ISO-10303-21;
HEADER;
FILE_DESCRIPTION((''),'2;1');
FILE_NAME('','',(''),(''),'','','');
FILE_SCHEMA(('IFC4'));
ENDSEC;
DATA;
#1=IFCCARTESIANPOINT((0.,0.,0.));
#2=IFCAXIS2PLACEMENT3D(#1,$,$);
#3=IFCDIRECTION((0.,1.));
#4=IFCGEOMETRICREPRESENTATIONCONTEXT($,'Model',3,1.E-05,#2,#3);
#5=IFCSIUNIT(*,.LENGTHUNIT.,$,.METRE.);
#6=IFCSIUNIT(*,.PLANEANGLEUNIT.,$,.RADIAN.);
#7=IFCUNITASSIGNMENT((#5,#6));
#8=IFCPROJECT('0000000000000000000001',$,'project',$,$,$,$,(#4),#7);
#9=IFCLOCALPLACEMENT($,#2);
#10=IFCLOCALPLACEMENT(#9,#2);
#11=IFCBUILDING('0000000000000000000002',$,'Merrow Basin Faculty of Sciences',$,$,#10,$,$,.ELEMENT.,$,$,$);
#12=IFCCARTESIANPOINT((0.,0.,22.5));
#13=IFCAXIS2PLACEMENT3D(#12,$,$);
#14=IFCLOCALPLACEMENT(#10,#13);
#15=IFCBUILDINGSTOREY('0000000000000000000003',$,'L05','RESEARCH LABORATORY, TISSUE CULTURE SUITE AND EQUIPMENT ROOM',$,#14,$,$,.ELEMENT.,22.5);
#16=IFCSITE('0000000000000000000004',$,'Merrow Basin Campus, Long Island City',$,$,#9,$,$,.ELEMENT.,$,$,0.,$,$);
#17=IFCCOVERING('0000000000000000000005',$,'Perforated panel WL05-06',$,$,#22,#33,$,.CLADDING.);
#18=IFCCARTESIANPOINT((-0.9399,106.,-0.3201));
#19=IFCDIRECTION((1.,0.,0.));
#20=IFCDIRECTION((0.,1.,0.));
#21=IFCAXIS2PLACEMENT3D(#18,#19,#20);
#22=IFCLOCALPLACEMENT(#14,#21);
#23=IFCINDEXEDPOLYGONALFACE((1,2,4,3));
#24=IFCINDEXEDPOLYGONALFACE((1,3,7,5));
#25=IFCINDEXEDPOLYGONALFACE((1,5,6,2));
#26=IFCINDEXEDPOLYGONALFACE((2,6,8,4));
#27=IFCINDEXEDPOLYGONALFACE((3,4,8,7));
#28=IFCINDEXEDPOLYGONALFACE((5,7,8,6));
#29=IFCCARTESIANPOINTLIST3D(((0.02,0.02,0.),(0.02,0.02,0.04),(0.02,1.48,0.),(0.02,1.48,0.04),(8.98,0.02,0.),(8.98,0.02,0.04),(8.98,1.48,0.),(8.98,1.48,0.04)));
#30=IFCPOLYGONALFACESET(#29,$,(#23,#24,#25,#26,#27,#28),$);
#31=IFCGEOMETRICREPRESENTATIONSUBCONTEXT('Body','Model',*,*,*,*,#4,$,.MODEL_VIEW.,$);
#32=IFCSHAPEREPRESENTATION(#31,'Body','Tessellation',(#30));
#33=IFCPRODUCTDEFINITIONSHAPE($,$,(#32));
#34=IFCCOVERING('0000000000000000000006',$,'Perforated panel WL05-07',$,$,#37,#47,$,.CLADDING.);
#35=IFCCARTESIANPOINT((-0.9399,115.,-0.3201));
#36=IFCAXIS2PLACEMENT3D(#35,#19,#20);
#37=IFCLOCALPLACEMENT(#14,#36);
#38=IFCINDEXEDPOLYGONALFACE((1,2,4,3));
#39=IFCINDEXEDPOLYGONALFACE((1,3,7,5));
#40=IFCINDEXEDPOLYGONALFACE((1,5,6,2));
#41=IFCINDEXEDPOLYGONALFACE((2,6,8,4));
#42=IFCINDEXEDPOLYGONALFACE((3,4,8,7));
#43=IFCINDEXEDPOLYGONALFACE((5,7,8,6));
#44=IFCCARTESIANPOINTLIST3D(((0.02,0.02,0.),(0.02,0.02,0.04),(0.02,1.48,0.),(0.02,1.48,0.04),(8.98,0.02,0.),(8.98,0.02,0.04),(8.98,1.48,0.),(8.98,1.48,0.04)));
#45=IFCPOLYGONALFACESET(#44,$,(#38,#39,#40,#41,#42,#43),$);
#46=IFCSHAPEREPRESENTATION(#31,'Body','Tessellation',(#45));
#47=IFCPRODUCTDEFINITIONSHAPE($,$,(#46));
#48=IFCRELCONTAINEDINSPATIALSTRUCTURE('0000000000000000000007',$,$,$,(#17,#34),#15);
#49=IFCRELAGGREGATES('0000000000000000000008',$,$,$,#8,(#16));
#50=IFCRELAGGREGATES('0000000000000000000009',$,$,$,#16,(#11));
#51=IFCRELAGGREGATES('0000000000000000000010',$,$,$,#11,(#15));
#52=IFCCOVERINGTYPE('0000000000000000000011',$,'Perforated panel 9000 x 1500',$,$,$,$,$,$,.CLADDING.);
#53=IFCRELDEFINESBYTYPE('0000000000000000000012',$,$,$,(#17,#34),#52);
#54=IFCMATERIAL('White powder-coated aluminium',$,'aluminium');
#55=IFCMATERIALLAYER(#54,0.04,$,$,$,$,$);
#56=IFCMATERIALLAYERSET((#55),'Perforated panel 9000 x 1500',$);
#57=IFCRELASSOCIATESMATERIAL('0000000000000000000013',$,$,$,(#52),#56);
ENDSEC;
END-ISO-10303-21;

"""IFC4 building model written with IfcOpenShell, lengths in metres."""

from ifc_helpers import new_model, si_unit, direction, frame, origin, place, context, subcontext, project, spatial, polyline, outline, extrude, source, transform, mapped, material, layer, layer_set, type_object, element, save


model = new_model("IFC4")

# Units and contexts
model_context = context("Model", 3, precision=1e-05, world=origin(), true_north=direction((0.0, 1.0)))
body_context = subcontext(model_context, "Body", "Model", "MODEL_VIEW")
ifc_project = project(units=[si_unit("LENGTHUNIT", "METRE"), si_unit("PLANEANGLEUNIT", "RADIAN")], contexts=[model_context])

# Site, building, storey
site_placement = place(None, origin())
site = spatial("IfcSite", under=ifc_project, at=site_placement, Name="Merrow Basin Campus, Long Island City", CompositionType="ELEMENT", RefElevation=0.0)
building_placement = place(site_placement, origin())
building = spatial("IfcBuilding", under=site, at=building_placement, Name="Merrow Basin Faculty of Sciences", CompositionType="ELEMENT")
storey_placement = place(building_placement, frame((0.0, 0.0, 22.5)))
storey = spatial("IfcBuildingStorey", under=building, at=storey_placement, Name="L05", Description="RESEARCH LABORATORY, TISSUE CULTURE SUITE AND EQUIPMENT ROOM", CompositionType="ELEMENT", Elevation=22.5)

# Coverings
ifc_material_1 = material(Name="White powder-coated aluminium", Category="aluminium")
ifc_layer_1 = layer(ifc_material_1, 0.04)
ifc_layer_set_1 = layer_set([ifc_layer_1], Name="Perforated panel 9000 x 1500")
covering_type = type_object("IfcCoveringType", Name="Perforated panel 9000 x 1500", PredefinedType="CLADDING", material=ifc_layer_set_1)
shared_shape_1 = source(origin(), body_context, "Body", "SweptSolid", [
    extrude(outline(polyline([(0.02, 0.02), (8.98, 0.02), (8.98, 1.48), (0.02, 1.48), (0.02, 0.02)])), origin(), (0.0, 0.0, 1.0), 0.04),
])
covering_1_placement = place(storey_placement, frame((-0.9399, 106.0, -0.3201), z_axis=(1.0, 0.0, 0.0), x_axis=(0.0, 1.0, 0.0)))
element("IfcCovering", 1, at=covering_1_placement, inside=storey, type_object=covering_type, Name="Perforated panel WL05-06", PredefinedType="CLADDING", context=body_context, shape_type="MappedRepresentation", body=[
    mapped(shared_shape_1, transform((0.0, 0.0, 0.0), scale=1.0)),
])
shared_shape_2 = source(origin(), body_context, "Body", "SweptSolid", [
    extrude(outline(polyline([(0.02, 0.02), (8.98, 0.02), (8.98, 1.48), (0.02, 1.48), (0.02, 0.02)])), origin(), (0.0, 0.0, 1.0), 0.04),
])
covering_2_placement = place(storey_placement, frame((-0.9399, 115.0, -0.3201), z_axis=(1.0, 0.0, 0.0), x_axis=(0.0, 1.0, 0.0)))
element("IfcCovering", 2, at=covering_2_placement, inside=storey, type_object=covering_type, Name="Perforated panel WL05-07", PredefinedType="CLADDING", context=body_context, shape_type="MappedRepresentation", body=[
    mapped(shared_shape_2, transform((0.0, 0.0, 0.0), scale=1.0)),
])

save(model, "model.ifc")
